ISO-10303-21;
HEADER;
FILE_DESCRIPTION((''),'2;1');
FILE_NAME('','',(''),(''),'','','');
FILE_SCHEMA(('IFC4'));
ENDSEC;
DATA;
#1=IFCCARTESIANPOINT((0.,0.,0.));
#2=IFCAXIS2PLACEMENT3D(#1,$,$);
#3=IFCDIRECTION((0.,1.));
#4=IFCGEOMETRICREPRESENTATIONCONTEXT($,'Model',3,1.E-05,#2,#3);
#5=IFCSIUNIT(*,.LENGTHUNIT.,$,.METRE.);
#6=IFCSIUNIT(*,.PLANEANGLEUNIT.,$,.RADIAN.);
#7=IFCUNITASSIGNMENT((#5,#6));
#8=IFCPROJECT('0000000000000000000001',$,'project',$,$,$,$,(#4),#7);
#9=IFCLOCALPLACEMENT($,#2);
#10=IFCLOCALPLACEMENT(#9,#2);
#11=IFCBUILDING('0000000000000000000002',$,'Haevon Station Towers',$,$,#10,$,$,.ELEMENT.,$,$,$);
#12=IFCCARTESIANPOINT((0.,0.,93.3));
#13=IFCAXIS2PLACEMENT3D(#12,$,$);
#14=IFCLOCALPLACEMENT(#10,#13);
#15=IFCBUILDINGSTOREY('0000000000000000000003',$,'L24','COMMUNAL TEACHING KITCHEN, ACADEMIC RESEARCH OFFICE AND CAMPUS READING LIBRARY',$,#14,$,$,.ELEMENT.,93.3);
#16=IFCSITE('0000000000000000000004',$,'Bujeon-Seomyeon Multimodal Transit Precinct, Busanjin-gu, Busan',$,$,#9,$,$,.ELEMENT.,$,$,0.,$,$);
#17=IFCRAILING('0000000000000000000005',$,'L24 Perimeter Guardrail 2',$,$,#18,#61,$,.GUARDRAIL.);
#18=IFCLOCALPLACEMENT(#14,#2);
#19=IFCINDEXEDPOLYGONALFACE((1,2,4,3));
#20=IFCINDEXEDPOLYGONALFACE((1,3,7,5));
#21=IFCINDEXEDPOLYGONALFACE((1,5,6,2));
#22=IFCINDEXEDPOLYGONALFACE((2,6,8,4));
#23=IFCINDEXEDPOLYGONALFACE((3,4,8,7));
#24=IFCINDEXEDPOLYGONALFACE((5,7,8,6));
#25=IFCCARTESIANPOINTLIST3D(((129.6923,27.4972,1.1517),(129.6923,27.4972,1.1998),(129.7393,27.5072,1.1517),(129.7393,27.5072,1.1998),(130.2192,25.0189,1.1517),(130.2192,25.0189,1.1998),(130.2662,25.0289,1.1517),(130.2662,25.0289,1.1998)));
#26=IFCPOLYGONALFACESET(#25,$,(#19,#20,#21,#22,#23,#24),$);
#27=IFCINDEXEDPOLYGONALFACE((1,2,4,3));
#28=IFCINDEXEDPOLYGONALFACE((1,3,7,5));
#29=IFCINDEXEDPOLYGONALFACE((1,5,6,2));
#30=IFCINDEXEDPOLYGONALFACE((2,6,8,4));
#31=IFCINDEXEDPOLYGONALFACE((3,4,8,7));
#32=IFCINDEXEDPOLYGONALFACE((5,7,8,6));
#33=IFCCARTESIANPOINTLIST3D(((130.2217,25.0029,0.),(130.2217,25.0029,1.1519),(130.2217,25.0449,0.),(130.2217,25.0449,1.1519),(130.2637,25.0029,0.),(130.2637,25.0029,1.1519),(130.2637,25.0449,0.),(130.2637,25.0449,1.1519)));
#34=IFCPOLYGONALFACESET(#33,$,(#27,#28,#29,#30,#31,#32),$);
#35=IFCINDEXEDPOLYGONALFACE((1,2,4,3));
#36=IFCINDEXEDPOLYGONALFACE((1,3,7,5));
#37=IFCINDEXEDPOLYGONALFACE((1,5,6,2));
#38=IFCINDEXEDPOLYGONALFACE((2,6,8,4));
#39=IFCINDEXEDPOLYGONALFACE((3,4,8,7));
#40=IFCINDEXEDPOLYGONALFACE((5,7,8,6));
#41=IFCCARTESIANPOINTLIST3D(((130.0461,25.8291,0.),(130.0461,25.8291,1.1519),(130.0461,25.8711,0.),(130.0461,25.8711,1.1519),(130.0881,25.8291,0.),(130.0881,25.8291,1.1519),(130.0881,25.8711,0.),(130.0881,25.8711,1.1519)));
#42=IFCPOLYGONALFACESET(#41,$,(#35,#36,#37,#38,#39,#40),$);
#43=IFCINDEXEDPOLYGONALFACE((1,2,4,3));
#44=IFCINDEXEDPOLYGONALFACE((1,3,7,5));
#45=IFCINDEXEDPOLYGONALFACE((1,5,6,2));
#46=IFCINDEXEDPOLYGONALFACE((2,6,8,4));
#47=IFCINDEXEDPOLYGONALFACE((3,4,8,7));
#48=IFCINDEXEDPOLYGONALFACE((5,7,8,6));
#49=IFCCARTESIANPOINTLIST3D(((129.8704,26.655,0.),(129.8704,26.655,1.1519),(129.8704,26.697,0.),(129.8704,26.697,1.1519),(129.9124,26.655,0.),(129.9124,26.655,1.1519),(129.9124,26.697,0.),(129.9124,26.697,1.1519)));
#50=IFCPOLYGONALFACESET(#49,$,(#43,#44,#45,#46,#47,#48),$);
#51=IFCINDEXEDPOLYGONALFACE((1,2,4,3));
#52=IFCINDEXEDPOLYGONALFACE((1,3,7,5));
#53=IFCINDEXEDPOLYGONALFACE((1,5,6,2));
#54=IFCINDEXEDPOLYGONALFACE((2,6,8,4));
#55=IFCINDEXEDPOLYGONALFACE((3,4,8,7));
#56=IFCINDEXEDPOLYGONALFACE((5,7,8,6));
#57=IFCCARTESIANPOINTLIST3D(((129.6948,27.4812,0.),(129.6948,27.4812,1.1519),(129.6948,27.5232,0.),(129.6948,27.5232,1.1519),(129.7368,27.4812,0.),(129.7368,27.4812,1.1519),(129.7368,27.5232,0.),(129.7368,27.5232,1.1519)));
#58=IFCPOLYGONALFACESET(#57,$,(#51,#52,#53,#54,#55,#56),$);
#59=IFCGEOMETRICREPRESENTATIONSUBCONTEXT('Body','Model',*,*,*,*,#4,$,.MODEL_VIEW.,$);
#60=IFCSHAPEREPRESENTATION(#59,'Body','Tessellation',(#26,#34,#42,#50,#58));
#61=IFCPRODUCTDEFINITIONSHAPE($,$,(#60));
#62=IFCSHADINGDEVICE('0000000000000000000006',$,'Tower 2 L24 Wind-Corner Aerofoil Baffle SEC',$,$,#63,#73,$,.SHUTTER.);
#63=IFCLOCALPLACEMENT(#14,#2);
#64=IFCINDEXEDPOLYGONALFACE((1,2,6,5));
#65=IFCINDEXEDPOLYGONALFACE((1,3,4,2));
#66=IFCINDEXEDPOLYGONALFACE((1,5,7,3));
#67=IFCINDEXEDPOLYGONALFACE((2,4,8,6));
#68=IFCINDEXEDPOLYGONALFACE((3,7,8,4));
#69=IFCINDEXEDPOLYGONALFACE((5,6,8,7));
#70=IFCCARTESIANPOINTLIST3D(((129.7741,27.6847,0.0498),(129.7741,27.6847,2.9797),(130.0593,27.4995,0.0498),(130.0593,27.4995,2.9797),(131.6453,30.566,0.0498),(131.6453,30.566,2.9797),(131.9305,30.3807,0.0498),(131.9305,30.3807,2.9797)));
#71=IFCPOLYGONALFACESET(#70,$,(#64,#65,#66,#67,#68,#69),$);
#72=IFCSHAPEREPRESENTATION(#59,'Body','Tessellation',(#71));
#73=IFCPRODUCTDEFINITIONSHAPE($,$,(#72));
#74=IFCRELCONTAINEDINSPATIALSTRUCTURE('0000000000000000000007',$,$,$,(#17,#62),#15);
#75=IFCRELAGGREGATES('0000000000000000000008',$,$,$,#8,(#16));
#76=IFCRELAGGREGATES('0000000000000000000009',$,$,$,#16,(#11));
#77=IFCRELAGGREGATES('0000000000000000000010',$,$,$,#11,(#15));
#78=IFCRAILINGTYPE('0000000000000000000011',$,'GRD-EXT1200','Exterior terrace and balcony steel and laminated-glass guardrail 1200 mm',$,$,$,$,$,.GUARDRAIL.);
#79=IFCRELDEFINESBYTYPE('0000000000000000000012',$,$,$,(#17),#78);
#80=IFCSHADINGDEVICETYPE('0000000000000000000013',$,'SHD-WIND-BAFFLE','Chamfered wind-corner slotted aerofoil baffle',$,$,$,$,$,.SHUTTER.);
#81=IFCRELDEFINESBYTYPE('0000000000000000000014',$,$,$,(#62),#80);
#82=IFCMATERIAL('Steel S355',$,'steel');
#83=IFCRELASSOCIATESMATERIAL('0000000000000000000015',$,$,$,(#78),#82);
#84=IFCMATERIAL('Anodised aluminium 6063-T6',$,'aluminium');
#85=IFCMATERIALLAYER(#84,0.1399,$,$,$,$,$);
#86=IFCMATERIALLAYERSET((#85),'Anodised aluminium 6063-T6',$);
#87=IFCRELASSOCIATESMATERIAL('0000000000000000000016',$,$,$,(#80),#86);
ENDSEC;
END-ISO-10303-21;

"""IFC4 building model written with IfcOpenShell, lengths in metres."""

from ifc_helpers import new_model, si_unit, direction, frame, origin, origin_2d, place, context, subcontext, project, spatial, rectangle, extrude, material, layer, layer_set, type_object, element, save


model = new_model("IFC4")

# Units and contexts
model_context = context("Model", 3, precision=1e-05, world=origin(), true_north=direction((0.0, 1.0)))
body_context = subcontext(model_context, "Body", "Model", "MODEL_VIEW")
ifc_project = project(units=[si_unit("LENGTHUNIT", "METRE"), si_unit("PLANEANGLEUNIT", "RADIAN")], contexts=[model_context])

# Site, building, storey
site_placement = place(None, origin())
site = spatial("IfcSite", under=ifc_project, at=site_placement, Name="Bujeon-Seomyeon Multimodal Transit Precinct, Busanjin-gu, Busan", CompositionType="ELEMENT", RefElevation=0.0)
building_placement = place(site_placement, origin())
building = spatial("IfcBuilding", under=site, at=building_placement, Name="Haevon Station Towers", CompositionType="ELEMENT")
storey_placement = place(building_placement, frame((0.0, 0.0, 93.3)))
storey = spatial("IfcBuildingStorey", under=building, at=storey_placement, Name="L24", Description="COMMUNAL TEACHING KITCHEN, ACADEMIC RESEARCH OFFICE AND CAMPUS READING LIBRARY", CompositionType="ELEMENT", Elevation=93.3)

# Shared definitions
ifc_material_1 = material(Name="Steel S355", Category="steel")

# Railing
railing_type = type_object("IfcRailingType", Name="GRD-EXT1200", Description="Exterior terrace and balcony steel and laminated-glass guardrail 1200 mm", PredefinedType="GUARDRAIL", material=ifc_material_1)
railing_placement = place(storey_placement, frame((130.2427, 25.0239, 0.0)))
element("IfcRailing", 1, at=railing_placement, inside=storey, type_object=railing_type, Name="L24 Perimeter Guardrail 2", PredefinedType="GUARDRAIL", context=body_context, shape_type="SweptSolid", body=[
    extrude(rectangle(XDim=0.0481, YDim=0.0481, at=origin_2d()), frame((0.0, 0.0, 1.1758), z_axis=(-0.207943, 0.978141, 0.0), x_axis=(-0.978141, -0.207943, 0.0)), (0.0, 0.0, 1.0), 2.5337),
    extrude(rectangle(XDim=0.042, YDim=0.042, at=origin_2d()), origin(), (0.0, 0.0, 1.0), 1.1519),
    extrude(rectangle(XDim=0.042, YDim=0.042, at=origin_2d()), frame((-0.1755, 0.8262, 0.0)), (0.0, 0.0, 1.0), 1.1519),
    extrude(rectangle(XDim=0.042, YDim=0.042, at=origin_2d()), frame((-0.3513, 1.6521, 0.0)), (0.0, 0.0, 1.0), 1.1519),
    extrude(rectangle(XDim=0.042, YDim=0.042, at=origin_2d()), frame((-0.5269, 2.4783, 0.0)), (0.0, 0.0, 1.0), 1.1519),
])

# Shading device
ifc_material_2 = material(Name="Anodised aluminium 6063-T6", Category="aluminium")
ifc_layer_1 = layer(ifc_material_2, 0.1399)
ifc_layer_set_1 = layer_set([ifc_layer_1], Name="Anodised aluminium 6063-T6")
shading_device_type = type_object("IfcShadingDeviceType", Name="SHD-WIND-BAFFLE", Description="Chamfered wind-corner slotted aerofoil baffle", PredefinedType="SHUTTER", material=ifc_layer_set_1)
shading_device_placement = place(storey_placement, frame((130.8523, 29.0327, 0.0498), z_axis=(0.0, 0.0, 1.0), x_axis=(-0.544639, -0.838671, 0.0)))
element("IfcShadingDevice", 2, at=shading_device_placement, inside=storey, type_object=shading_device_type, Name="Tower 2 L24 Wind-Corner Aerofoil Baffle SEC", PredefinedType="SHUTTER", context=body_context, shape_type="SweptSolid", body=[
    extrude(rectangle(XDim=3.4355, YDim=0.3401, at=origin_2d()), origin(), (0.0, 0.0, 1.0), 2.9299),
])

save(model, "model.ifc")
